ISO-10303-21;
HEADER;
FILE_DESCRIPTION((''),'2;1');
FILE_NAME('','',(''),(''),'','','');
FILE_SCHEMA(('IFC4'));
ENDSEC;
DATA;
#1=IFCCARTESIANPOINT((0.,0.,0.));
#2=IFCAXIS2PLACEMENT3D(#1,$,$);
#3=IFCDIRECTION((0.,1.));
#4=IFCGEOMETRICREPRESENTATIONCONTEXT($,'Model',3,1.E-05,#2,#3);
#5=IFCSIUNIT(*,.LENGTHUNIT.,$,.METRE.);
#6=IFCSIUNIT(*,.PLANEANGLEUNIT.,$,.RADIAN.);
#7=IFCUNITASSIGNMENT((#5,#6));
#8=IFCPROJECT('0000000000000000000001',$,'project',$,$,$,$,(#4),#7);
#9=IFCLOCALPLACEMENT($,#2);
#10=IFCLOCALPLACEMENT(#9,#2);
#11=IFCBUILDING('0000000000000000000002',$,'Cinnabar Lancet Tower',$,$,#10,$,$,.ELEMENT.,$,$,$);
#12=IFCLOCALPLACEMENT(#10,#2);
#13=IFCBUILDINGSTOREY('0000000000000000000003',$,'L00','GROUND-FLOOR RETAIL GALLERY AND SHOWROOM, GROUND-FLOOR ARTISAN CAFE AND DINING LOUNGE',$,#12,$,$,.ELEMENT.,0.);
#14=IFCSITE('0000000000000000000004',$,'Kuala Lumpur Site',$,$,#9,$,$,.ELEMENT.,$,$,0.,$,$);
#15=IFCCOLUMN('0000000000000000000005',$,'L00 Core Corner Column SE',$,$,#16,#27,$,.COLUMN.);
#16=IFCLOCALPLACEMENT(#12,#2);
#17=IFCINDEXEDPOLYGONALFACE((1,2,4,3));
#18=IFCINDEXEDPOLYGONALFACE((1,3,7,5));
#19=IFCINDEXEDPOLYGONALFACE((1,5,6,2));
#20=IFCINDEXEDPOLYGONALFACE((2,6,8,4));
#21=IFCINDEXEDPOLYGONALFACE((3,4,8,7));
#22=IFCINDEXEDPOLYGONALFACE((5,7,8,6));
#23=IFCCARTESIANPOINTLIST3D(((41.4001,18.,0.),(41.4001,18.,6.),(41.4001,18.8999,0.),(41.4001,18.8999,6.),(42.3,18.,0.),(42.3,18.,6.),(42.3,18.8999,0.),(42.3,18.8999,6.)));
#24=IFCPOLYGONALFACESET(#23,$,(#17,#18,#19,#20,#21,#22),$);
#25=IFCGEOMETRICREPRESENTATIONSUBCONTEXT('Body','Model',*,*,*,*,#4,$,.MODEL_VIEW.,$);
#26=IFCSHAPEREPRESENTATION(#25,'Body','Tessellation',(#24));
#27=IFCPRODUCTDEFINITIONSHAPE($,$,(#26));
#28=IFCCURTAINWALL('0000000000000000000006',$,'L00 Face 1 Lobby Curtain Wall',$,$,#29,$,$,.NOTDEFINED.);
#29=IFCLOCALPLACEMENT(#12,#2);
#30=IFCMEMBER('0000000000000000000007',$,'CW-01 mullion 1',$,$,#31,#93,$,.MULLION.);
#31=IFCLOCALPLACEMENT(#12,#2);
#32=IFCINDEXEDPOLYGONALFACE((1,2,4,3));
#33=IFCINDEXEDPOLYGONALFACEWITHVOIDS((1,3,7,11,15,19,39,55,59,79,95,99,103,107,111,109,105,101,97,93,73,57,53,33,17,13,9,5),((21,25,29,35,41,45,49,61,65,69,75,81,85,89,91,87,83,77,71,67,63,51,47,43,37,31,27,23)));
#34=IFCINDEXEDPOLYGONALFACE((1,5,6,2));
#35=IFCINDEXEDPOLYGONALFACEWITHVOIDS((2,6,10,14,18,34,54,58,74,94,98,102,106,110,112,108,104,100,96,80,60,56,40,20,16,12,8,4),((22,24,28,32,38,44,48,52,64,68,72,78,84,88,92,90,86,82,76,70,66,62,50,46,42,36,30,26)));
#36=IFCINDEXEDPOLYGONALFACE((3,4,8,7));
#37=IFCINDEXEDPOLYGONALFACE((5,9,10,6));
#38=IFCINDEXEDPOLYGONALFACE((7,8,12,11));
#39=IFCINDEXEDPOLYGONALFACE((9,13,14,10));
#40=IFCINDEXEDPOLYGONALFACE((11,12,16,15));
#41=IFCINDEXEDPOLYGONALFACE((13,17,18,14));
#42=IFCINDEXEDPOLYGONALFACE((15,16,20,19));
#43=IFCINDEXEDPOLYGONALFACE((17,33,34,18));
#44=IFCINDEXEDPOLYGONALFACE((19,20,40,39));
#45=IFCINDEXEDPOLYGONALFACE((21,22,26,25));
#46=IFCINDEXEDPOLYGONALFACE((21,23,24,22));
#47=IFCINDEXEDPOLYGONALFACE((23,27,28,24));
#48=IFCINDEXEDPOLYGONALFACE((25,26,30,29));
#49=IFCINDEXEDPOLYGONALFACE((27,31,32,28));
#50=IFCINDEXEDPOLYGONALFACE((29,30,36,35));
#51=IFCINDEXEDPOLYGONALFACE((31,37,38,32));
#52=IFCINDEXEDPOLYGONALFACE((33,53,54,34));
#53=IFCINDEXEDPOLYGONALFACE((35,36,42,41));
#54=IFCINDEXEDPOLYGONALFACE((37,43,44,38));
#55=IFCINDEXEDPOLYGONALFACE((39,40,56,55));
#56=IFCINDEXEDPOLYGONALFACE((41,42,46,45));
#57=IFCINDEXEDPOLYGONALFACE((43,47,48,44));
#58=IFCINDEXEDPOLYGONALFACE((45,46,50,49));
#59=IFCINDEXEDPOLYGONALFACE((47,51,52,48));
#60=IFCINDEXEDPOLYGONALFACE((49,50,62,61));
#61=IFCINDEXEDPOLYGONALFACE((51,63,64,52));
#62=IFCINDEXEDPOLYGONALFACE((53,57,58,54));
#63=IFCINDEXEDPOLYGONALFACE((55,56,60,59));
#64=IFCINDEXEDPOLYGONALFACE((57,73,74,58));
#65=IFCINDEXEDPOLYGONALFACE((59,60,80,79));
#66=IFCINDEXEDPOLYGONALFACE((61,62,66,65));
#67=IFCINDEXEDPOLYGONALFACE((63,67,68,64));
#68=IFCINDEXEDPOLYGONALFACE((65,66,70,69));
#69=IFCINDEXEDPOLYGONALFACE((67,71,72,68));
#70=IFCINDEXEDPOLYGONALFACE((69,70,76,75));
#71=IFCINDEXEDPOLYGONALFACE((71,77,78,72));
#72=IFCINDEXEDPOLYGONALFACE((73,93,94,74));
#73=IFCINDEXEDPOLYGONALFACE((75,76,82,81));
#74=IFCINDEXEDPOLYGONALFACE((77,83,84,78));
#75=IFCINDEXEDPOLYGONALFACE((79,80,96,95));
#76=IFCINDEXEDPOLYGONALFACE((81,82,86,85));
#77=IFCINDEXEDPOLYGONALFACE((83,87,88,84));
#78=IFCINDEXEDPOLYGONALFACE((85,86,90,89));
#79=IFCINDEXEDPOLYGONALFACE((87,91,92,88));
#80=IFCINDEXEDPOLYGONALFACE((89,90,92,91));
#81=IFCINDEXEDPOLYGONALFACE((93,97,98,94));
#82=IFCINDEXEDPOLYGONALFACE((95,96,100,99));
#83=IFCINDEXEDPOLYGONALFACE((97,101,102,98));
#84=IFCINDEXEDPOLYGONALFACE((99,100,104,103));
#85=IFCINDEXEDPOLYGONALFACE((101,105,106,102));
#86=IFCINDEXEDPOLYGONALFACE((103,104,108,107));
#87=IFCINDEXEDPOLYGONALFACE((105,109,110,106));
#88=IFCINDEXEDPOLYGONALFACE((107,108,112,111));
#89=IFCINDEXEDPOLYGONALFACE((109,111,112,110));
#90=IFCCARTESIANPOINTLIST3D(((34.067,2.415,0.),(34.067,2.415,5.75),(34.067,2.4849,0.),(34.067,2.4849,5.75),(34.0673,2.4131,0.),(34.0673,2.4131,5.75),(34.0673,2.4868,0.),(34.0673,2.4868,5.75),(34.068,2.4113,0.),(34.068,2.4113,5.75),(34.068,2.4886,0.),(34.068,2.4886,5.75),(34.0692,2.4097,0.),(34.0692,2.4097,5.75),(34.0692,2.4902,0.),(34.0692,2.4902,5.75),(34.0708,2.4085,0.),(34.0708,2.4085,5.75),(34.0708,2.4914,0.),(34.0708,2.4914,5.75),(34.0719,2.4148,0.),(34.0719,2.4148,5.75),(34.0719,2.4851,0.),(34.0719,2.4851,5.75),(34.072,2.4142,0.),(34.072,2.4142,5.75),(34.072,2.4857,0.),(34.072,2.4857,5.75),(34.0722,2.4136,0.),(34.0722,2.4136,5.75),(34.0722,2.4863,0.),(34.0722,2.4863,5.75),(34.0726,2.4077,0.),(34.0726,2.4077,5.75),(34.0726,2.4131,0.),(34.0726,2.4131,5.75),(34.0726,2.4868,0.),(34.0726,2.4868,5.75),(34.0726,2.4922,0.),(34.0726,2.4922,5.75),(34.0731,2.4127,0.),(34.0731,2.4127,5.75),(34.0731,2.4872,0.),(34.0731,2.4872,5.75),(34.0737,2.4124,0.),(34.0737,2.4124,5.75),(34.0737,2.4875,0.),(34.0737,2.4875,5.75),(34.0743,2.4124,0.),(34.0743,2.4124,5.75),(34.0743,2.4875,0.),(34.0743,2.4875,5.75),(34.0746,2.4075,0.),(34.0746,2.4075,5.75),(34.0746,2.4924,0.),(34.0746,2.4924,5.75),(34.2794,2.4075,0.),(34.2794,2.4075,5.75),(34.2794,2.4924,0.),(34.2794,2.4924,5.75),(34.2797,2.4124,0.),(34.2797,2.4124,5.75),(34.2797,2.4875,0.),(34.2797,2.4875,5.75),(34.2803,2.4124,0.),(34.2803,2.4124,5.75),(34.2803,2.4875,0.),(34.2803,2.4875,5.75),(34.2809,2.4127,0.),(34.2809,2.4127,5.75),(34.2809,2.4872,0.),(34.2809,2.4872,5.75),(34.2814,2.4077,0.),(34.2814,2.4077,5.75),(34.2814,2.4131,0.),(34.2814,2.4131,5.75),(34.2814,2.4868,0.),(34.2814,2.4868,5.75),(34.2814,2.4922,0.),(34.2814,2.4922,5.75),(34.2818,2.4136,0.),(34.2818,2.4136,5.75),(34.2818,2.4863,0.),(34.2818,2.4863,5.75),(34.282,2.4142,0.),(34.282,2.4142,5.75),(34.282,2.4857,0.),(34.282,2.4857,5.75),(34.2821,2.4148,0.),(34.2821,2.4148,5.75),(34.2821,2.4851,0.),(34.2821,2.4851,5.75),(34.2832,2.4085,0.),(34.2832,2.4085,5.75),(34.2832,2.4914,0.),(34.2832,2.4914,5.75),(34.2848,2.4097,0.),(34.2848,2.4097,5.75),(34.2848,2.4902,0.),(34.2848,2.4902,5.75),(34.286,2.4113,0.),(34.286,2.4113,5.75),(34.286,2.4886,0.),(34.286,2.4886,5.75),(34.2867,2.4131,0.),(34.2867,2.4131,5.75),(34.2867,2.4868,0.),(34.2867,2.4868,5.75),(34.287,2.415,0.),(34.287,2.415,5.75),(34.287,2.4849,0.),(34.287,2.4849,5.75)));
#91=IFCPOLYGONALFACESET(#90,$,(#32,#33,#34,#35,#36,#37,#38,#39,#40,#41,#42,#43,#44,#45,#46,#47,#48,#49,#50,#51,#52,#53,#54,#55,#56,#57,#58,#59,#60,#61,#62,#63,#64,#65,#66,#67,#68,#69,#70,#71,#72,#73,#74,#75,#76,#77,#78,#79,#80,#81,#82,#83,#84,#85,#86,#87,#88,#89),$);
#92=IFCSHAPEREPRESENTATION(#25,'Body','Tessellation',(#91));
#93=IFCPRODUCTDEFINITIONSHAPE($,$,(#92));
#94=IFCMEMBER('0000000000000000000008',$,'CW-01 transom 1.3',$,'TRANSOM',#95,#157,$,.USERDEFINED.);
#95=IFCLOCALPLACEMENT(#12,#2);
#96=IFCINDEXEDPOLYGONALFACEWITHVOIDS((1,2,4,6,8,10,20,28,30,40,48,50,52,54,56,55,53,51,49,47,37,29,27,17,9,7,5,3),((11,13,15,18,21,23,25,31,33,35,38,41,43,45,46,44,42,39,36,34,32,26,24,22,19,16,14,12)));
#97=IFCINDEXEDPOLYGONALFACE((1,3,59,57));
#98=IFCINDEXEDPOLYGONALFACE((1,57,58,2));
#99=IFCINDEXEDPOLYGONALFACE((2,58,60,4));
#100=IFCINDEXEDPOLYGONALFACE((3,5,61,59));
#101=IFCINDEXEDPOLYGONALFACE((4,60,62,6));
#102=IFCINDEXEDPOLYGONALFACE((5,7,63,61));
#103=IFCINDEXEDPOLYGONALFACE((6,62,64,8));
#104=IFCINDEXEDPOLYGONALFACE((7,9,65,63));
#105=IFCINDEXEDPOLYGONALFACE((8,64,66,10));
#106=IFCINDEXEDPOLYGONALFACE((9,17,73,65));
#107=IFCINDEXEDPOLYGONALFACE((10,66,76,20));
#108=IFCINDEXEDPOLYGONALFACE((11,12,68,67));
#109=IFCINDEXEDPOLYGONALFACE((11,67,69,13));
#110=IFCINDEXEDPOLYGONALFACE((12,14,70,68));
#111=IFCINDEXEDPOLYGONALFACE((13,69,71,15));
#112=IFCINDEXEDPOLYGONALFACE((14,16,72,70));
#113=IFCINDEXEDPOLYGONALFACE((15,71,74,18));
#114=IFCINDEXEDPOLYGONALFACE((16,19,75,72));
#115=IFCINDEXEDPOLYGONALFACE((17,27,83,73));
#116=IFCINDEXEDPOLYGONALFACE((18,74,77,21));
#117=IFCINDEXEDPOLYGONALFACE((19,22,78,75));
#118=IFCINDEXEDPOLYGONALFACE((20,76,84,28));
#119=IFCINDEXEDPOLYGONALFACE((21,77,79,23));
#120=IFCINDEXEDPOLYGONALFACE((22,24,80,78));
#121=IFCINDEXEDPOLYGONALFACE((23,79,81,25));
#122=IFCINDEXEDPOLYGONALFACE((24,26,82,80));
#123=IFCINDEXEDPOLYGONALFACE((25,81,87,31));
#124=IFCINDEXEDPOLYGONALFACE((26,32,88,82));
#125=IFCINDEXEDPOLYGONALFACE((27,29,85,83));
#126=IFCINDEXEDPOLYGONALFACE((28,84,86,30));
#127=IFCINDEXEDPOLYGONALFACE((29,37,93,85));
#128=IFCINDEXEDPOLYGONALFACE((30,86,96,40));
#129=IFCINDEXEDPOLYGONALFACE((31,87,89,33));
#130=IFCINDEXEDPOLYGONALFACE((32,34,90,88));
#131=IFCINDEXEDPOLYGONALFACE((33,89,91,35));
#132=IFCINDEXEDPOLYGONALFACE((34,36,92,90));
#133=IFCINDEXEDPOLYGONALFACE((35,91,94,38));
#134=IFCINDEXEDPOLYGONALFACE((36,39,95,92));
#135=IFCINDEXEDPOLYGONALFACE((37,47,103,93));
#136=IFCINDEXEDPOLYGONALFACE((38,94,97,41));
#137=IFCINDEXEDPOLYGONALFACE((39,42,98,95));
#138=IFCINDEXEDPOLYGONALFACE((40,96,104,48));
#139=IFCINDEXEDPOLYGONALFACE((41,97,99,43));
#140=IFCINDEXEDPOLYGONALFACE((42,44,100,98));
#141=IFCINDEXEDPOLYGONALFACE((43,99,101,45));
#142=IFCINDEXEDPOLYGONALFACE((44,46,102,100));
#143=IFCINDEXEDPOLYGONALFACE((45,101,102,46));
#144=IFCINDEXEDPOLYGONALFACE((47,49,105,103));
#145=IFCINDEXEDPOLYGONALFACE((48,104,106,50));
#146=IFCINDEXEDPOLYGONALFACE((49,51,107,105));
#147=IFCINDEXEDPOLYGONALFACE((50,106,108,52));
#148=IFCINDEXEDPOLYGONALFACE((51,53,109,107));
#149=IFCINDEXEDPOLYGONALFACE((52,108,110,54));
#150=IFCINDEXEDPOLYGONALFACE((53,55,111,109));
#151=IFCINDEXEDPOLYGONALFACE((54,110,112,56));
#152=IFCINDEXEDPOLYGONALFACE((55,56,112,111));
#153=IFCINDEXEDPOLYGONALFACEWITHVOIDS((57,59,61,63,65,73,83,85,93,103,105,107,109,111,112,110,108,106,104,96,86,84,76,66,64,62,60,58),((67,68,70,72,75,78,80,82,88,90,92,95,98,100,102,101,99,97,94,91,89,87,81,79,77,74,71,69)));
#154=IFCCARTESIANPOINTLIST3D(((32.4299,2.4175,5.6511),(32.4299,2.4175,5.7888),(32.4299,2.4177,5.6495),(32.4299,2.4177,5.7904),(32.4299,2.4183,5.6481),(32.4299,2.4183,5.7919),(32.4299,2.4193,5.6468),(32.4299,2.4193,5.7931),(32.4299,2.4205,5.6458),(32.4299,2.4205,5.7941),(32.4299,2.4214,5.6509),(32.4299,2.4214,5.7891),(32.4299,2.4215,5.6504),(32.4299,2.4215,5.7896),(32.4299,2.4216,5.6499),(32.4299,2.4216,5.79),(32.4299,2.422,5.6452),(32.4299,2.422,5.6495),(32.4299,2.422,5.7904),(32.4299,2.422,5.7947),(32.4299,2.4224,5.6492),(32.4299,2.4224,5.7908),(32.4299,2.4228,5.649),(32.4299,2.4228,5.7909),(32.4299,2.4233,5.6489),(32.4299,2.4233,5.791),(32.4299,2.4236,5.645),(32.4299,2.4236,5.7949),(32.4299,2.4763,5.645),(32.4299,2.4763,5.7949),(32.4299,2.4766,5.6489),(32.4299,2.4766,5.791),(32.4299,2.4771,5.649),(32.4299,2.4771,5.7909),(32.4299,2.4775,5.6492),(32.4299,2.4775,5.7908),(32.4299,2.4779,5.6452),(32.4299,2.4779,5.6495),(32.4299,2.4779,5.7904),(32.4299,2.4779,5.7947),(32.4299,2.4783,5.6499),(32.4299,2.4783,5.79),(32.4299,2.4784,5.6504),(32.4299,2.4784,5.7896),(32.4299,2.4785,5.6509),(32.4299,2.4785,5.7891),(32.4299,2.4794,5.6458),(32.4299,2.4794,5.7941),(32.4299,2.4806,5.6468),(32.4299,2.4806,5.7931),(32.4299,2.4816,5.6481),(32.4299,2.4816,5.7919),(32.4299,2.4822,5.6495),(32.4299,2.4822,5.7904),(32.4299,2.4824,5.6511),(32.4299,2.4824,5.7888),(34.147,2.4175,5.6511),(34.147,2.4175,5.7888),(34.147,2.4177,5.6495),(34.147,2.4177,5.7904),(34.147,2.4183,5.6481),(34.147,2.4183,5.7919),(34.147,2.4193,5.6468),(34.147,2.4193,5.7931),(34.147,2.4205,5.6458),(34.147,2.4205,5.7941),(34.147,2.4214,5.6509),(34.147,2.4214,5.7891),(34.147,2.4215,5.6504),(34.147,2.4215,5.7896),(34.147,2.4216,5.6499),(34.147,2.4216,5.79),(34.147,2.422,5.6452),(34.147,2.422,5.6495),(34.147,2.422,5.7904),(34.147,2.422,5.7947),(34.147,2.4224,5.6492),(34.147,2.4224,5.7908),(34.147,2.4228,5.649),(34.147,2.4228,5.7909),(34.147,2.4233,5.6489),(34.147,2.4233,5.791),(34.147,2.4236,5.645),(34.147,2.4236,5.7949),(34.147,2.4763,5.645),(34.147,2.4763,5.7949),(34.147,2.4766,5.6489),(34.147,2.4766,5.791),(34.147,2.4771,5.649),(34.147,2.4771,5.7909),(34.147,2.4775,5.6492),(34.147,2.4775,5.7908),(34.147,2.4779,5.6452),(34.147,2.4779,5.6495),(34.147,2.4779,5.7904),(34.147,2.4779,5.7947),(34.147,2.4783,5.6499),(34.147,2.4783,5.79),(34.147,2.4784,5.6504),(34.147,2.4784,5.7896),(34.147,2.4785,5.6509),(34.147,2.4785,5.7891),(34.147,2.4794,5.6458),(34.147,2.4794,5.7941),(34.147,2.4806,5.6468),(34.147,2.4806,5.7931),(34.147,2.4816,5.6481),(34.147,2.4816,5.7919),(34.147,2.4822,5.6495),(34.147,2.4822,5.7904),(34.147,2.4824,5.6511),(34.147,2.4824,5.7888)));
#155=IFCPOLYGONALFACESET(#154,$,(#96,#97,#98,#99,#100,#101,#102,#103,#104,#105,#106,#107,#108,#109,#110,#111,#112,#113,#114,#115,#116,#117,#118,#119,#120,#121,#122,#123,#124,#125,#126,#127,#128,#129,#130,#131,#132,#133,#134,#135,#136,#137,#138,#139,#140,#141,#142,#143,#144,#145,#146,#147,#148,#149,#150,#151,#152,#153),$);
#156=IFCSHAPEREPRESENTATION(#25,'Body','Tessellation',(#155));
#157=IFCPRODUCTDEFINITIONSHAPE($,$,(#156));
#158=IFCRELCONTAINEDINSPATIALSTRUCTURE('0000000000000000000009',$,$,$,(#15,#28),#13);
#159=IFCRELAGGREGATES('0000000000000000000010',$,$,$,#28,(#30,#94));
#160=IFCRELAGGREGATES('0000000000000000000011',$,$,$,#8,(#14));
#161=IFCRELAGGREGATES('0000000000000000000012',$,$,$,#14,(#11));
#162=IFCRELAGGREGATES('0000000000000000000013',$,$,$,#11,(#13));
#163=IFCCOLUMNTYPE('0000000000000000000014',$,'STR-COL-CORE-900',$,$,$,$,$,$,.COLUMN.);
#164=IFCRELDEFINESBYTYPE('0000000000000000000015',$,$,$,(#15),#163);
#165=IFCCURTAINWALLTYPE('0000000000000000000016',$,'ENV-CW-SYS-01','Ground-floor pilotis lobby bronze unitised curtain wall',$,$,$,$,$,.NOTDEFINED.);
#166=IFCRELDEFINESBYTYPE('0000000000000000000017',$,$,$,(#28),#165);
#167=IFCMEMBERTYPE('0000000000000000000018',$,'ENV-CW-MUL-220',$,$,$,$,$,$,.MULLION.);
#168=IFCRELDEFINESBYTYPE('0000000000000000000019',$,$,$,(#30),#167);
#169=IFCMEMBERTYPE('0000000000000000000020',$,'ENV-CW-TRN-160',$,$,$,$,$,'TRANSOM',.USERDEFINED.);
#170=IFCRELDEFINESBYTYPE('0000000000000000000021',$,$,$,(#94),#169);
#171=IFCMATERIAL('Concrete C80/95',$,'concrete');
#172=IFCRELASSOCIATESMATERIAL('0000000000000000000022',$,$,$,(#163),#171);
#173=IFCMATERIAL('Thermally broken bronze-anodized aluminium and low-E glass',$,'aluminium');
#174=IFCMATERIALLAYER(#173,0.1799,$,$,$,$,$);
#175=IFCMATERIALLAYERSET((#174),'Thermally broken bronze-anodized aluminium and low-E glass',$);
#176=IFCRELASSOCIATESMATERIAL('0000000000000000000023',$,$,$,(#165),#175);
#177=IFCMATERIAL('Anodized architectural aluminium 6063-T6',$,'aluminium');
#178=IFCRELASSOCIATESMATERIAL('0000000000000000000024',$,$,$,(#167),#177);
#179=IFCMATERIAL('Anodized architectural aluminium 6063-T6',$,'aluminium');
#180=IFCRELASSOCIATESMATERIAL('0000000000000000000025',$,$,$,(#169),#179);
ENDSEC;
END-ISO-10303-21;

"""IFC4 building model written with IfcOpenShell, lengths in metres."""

from ifc_helpers import new_model, si_unit, direction, frame, origin, origin_2d, place, context, subcontext, project, spatial, rectangle, hollow_rectangle, extrude, material, layer, layer_set, material_profile, profile_set, type_object, element, aggregate, save


model = new_model("IFC4")

# Units and contexts
model_context = context("Model", 3, precision=1e-05, world=origin(), true_north=direction((0.0, 1.0)))
body_context = subcontext(model_context, "Body", "Model", "MODEL_VIEW")
ifc_project = project(units=[si_unit("LENGTHUNIT", "METRE"), si_unit("PLANEANGLEUNIT", "RADIAN")], contexts=[model_context])

# Site, building, storey
site_placement = place(None, origin())
site = spatial("IfcSite", under=ifc_project, at=site_placement, Name="Kuala Lumpur Site", CompositionType="ELEMENT", RefElevation=0.0)
building_placement = place(site_placement, origin())
building = spatial("IfcBuilding", under=site, at=building_placement, Name="Cinnabar Lancet Tower", CompositionType="ELEMENT")
storey_placement = place(building_placement, origin())
storey = spatial("IfcBuildingStorey", under=building, at=storey_placement, Name="L00", Description="GROUND-FLOOR RETAIL GALLERY AND SHOWROOM, GROUND-FLOOR ARTISAN CAFE AND DINING LOUNGE", CompositionType="ELEMENT", Elevation=0.0)

# Column
ifc_material_1 = material(Name="Concrete C80/95", Category="concrete")
ifc_material_profile_1 = material_profile(ifc_material_1, rectangle(XDim=0.8999, YDim=0.8999, at=origin_2d()), Name="RC-COL 900x900")
ifc_profile_set_1 = profile_set([ifc_material_profile_1], Name="Concrete C80/95")
column_type = type_object("IfcColumnType", Name="STR-COL-CORE-900", PredefinedType="COLUMN", material=ifc_profile_set_1)
column_placement = place(storey_placement, frame((41.8501, 18.45, 0.0), z_axis=(0.0, 0.0, 1.0), x_axis=(1.0, 0.0, 0.0)))
element("IfcColumn", 1, at=column_placement, inside=storey, type_object=column_type, Name="L00 Core Corner Column SE", PredefinedType="COLUMN", context=body_context, shape_type="SweptSolid", body=[
    extrude(rectangle(XDim=0.8999, YDim=0.8999, at=origin_2d()), origin(), (0.0, 0.0, 1.0), 6.0),
])

# Curtain wall, members
ifc_material_2 = material(Name="Thermally broken bronze-anodized aluminium and low-E glass", Category="aluminium")
ifc_layer_1 = layer(ifc_material_2, 0.1799)
ifc_layer_set_1 = layer_set([ifc_layer_1], Name="Thermally broken bronze-anodized aluminium and low-E glass")
curtain_wall_type = type_object("IfcCurtainWallType", Name="ENV-CW-SYS-01", Description="Ground-floor pilotis lobby bronze unitised curtain wall", PredefinedType="NOTDEFINED", material=ifc_layer_set_1)
curtain_wall_placement = place(storey_placement, origin())
curtain_wall = element("IfcCurtainWall", 2, at=curtain_wall_placement, inside=storey, type_object=curtain_wall_type, Name="L00 Face 1 Lobby Curtain Wall", PredefinedType="NOTDEFINED")
ifc_material_3 = material(Name="Anodized architectural aluminium 6063-T6", Category="aluminium")
ifc_material_profile_2 = material_profile(ifc_material_3, hollow_rectangle(XDim=0.085, YDim=0.22, WallThickness=0.0049, InnerFilletRadius=0.0024, OuterFilletRadius=0.0076, at=origin_2d()), Name="CW-MUL 220x85x5")
ifc_profile_set_2 = profile_set([ifc_material_profile_2], Name="Anodized architectural aluminium 6063-T6")
member_type_1 = type_object("IfcMemberType", Name="ENV-CW-MUL-220", PredefinedType="MULLION", material=ifc_profile_set_2)
member_1_placement = place(storey_placement, frame((34.177, 2.45, 0.0), z_axis=(0.0, 0.0, 1.0), x_axis=(0.0, -1.0, 0.0)))
member_1 = element("IfcMember", 3, at=member_1_placement, type_object=member_type_1, Name="CW-01 mullion 1", PredefinedType="MULLION", context=body_context, shape_type="SweptSolid", body=[
    extrude(hollow_rectangle(XDim=0.085, YDim=0.22, WallThickness=0.0049, InnerFilletRadius=0.0024, OuterFilletRadius=0.0076, at=origin_2d()), origin(), (0.0, 0.0, 1.0), 5.75),
])
ifc_material_4 = material(Name="Anodized architectural aluminium 6063-T6", Category="aluminium")
ifc_material_profile_3 = material_profile(ifc_material_4, hollow_rectangle(XDim=0.0649, YDim=0.1499, WallThickness=0.0039, InnerFilletRadius=0.002, OuterFilletRadius=0.0061, at=origin_2d()), Name="CW-TRN 150x65x4")
ifc_profile_set_3 = profile_set([ifc_material_profile_3], Name="Anodized architectural aluminium 6063-T6")
member_type_2 = type_object("IfcMemberType", Name="ENV-CW-TRN-160", ElementType="TRANSOM", PredefinedType="USERDEFINED", material=ifc_profile_set_3)
member_2_placement = place(storey_placement, frame((34.147, 2.45, 5.72), z_axis=(-1.0, 0.0, 0.0), x_axis=(0.0, -1.0, 0.0)))
member_2 = element("IfcMember", 4, at=member_2_placement, type_object=member_type_2, Name="CW-01 transom 1.3", ObjectType="TRANSOM", PredefinedType="USERDEFINED", context=body_context, shape_type="SweptSolid", body=[
    extrude(hollow_rectangle(XDim=0.0649, YDim=0.1499, WallThickness=0.0039, InnerFilletRadius=0.002, OuterFilletRadius=0.0061, at=origin_2d()), origin(), (0.0, 0.0, 1.0), 1.717),
])
aggregate(curtain_wall, [member_1, member_2])

save(model, "model.ifc")
